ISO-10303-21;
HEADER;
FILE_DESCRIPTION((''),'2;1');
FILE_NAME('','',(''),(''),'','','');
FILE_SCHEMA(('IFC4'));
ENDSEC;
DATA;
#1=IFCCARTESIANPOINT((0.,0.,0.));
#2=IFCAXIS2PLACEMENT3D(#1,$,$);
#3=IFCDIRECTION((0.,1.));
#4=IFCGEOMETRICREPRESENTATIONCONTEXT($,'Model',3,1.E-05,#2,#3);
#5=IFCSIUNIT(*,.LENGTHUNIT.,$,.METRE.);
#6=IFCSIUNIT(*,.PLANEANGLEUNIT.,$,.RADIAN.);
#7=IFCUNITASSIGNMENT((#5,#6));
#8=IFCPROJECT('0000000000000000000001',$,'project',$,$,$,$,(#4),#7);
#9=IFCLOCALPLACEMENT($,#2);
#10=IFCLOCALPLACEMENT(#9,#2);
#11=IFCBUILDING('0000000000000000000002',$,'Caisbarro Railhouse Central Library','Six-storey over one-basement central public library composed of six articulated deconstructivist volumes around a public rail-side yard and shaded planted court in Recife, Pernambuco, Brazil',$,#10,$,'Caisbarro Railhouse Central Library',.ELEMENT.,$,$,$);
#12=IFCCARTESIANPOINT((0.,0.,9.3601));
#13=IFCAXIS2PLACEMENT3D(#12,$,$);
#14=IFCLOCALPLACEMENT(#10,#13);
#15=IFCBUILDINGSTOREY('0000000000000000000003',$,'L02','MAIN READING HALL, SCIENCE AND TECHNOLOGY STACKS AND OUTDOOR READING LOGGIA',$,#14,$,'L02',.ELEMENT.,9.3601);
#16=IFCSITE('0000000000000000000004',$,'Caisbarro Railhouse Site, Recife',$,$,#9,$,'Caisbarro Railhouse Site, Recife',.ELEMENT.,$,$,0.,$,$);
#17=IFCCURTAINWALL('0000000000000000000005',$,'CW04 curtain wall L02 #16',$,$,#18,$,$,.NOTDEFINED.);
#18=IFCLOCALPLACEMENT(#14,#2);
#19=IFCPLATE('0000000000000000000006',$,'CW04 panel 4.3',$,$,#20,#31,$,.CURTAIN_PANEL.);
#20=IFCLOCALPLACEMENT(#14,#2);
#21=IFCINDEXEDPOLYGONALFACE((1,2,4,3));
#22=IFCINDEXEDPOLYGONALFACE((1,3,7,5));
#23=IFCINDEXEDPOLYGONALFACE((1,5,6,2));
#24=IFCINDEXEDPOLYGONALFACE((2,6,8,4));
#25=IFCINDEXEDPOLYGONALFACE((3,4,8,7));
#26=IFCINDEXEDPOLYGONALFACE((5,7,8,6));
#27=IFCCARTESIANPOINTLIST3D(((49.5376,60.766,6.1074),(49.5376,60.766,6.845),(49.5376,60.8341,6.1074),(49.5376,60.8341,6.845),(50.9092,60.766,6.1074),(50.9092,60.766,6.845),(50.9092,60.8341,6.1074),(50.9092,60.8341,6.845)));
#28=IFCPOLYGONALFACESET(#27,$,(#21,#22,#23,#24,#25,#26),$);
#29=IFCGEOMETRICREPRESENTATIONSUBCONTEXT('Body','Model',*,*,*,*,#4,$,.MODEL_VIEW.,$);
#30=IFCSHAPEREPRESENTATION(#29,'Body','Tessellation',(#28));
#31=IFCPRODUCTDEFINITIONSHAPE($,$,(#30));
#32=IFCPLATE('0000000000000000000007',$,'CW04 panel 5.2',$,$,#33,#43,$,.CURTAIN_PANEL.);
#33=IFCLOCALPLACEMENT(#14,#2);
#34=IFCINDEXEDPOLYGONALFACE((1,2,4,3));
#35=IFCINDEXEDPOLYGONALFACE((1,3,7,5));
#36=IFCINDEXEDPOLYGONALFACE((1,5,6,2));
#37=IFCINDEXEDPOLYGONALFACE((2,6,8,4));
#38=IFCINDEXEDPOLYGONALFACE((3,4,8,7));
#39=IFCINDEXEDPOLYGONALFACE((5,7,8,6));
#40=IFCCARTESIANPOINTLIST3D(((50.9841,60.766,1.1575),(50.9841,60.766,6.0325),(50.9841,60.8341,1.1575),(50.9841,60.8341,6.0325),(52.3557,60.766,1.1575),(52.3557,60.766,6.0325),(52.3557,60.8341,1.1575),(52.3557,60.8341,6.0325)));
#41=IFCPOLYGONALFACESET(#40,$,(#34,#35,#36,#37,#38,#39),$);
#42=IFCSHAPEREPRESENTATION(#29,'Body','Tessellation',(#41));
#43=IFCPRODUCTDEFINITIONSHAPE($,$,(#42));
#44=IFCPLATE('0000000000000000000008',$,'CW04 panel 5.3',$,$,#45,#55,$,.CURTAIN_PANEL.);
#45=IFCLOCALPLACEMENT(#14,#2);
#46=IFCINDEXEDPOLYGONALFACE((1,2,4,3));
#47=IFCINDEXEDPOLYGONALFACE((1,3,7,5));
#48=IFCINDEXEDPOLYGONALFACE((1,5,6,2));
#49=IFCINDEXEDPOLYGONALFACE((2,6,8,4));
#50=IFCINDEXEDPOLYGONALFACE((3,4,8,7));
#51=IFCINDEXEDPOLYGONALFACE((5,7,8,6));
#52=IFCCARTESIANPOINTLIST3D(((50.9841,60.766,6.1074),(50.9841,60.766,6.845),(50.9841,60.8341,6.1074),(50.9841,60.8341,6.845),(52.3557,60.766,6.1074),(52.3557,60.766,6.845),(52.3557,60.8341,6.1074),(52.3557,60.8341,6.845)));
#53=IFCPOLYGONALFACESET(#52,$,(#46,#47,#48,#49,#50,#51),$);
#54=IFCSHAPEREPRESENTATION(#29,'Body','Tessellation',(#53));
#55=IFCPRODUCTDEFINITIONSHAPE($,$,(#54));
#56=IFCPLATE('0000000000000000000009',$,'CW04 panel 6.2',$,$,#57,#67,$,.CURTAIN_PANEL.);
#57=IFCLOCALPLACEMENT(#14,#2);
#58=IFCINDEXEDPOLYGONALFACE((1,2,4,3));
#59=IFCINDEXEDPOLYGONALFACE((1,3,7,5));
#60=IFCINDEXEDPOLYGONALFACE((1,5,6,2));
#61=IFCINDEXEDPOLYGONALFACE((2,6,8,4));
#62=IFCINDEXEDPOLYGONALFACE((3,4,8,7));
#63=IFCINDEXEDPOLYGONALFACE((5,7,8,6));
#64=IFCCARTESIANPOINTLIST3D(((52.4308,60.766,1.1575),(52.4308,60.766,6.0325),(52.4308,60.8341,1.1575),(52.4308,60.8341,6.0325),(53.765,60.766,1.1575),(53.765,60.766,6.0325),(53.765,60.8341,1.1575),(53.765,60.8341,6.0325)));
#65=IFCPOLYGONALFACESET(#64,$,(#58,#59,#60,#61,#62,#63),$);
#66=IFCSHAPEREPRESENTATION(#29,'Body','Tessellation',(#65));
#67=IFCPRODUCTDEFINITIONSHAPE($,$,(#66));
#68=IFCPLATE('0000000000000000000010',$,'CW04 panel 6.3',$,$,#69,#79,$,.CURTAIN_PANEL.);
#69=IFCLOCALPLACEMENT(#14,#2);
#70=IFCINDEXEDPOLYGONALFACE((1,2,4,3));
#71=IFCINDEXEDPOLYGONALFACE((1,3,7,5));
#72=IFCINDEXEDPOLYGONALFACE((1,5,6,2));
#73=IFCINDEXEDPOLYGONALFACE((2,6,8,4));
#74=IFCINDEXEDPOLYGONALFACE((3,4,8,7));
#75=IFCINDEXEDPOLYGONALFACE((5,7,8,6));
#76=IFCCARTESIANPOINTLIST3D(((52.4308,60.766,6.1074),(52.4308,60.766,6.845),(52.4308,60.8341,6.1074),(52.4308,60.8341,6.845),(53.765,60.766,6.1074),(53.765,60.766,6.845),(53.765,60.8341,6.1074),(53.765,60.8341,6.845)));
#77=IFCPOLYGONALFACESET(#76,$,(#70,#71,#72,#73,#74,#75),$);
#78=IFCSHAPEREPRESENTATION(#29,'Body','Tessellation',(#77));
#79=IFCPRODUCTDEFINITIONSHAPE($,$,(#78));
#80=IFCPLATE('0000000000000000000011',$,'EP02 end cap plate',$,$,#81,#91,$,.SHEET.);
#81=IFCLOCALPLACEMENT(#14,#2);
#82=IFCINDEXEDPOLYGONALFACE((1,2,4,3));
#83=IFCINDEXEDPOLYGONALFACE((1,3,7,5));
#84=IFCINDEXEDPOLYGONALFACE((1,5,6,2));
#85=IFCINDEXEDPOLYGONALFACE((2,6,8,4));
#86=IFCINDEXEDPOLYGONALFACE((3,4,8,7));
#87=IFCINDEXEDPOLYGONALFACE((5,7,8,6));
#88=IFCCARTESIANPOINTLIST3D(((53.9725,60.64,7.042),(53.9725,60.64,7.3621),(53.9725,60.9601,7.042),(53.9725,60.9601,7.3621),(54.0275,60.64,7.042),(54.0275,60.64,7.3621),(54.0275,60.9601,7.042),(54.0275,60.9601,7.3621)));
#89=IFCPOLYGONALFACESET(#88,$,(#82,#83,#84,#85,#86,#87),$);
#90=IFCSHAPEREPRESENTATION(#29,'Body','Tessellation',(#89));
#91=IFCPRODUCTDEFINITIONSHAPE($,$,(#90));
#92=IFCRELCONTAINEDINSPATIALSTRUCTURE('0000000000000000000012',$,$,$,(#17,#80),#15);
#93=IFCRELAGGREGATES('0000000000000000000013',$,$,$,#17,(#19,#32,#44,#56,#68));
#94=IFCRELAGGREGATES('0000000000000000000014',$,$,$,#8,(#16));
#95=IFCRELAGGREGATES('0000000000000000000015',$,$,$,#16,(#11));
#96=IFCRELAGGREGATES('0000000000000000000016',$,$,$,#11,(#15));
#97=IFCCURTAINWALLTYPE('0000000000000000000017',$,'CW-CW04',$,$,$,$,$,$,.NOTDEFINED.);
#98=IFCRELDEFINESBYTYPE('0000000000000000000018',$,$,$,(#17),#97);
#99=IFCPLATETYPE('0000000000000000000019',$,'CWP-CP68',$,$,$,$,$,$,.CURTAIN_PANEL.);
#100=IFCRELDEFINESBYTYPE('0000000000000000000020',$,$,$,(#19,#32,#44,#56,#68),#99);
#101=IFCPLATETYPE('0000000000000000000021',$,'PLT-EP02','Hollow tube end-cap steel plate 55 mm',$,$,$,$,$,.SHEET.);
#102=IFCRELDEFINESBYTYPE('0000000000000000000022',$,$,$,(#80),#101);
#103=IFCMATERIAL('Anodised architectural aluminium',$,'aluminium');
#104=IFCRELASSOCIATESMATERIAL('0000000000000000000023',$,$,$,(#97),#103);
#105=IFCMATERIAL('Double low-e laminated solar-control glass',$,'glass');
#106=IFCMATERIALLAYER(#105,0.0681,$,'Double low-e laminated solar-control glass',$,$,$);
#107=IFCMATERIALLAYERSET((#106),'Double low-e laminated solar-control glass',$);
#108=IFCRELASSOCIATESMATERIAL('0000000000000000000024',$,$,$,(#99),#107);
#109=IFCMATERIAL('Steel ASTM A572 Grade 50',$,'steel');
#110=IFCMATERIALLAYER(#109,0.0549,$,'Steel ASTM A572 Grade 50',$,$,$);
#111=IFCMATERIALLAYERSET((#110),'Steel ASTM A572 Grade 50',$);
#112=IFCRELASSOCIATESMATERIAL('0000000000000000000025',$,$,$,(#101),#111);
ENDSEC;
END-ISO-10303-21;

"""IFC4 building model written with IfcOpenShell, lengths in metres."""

from ifc_helpers import new_model, si_unit, direction, frame, origin, origin_2d, place, context, subcontext, project, spatial, rectangle, extrude, material, layer, layer_set, type_object, element, aggregate, save


model = new_model("IFC4")

# Units and contexts
model_context = context("Model", 3, precision=1e-05, world=origin(), true_north=direction((0.0, 1.0)))
body_context = subcontext(model_context, "Body", "Model", "MODEL_VIEW")
ifc_project = project(units=[si_unit("LENGTHUNIT", "METRE"), si_unit("PLANEANGLEUNIT", "RADIAN")], contexts=[model_context])

# Site, building, storey
site_placement = place(None, origin())
site = spatial("IfcSite", under=ifc_project, at=site_placement, Name="Caisbarro Railhouse Site, Recife", LongName="Caisbarro Railhouse Site, Recife", CompositionType="ELEMENT", RefElevation=0.0)
building_placement = place(site_placement, origin())
building = spatial("IfcBuilding", under=site, at=building_placement, Name="Caisbarro Railhouse Central Library", Description="Six-storey over one-basement central public library composed of six articulated deconstructivist volumes around a public rail-side yard and shaded planted court in Recife, Pernambuco, Brazil", LongName="Caisbarro Railhouse Central Library", CompositionType="ELEMENT")
storey_placement = place(building_placement, frame((0.0, 0.0, 9.3601)))
storey = spatial("IfcBuildingStorey", under=building, at=storey_placement, Name="L02", Description="MAIN READING HALL, SCIENCE AND TECHNOLOGY STACKS AND OUTDOOR READING LOGGIA", LongName="L02", CompositionType="ELEMENT", Elevation=9.3601)

# Curtain wall
ifc_material_1 = material(Name="Anodised architectural aluminium", Category="aluminium")
curtain_wall_type_1 = type_object("IfcCurtainWallType", Name="CW-CW04", PredefinedType="NOTDEFINED", material=ifc_material_1)
curtain_wall_1_placement = place(storey_placement, origin())
curtain_wall_1 = element("IfcCurtainWall", 1, at=curtain_wall_1_placement, inside=storey, type_object=curtain_wall_type_1, Name="CW04 curtain wall L02 #16", PredefinedType="NOTDEFINED")

# Shared definitions
ifc_material_2 = material(Name="Double low-e laminated solar-control glass", Category="glass")

# Plates
ifc_layer_1 = layer(ifc_material_2, 0.0681, Name="Double low-e laminated solar-control glass")
ifc_layer_set_1 = layer_set([ifc_layer_1], Name="Double low-e laminated solar-control glass")
plate_type_1 = type_object("IfcPlateType", Name="CWP-CP68", PredefinedType="CURTAIN_PANEL", material=ifc_layer_set_1)
plate_1_placement = place(storey_placement, frame((50.2234, 60.8, 6.1074), z_axis=(0.0, 0.0, 1.0), x_axis=(1.0, 0.0, 0.0)))
plate_1 = element("IfcPlate", 2, at=plate_1_placement, type_object=plate_type_1, Name="CW04 panel 4.3", PredefinedType="CURTAIN_PANEL", context=body_context, shape_type="SweptSolid", body=[
    extrude(rectangle(XDim=1.3716, YDim=0.0681, at=origin_2d()), origin(), (0.0, 0.0, 1.0), 0.7375),
])
plate_2_placement = place(storey_placement, frame((51.6699, 60.8, 1.1575), z_axis=(0.0, 0.0, 1.0), x_axis=(1.0, 0.0, 0.0)))
plate_2 = element("IfcPlate", 3, at=plate_2_placement, type_object=plate_type_1, Name="CW04 panel 5.2", PredefinedType="CURTAIN_PANEL", context=body_context, shape_type="SweptSolid", body=[
    extrude(rectangle(XDim=1.3716, YDim=0.0681, at=origin_2d()), origin(), (0.0, 0.0, 1.0), 4.875),
])
plate_3_placement = place(storey_placement, frame((51.6699, 60.8, 6.1074), z_axis=(0.0, 0.0, 1.0), x_axis=(1.0, 0.0, 0.0)))
plate_3 = element("IfcPlate", 4, at=plate_3_placement, type_object=plate_type_1, Name="CW04 panel 5.3", PredefinedType="CURTAIN_PANEL", context=body_context, shape_type="SweptSolid", body=[
    extrude(rectangle(XDim=1.3716, YDim=0.0681, at=origin_2d()), origin(), (0.0, 0.0, 1.0), 0.7375),
])
plate_4_placement = place(storey_placement, frame((53.0979, 60.8, 1.1575), z_axis=(0.0, 0.0, 1.0), x_axis=(1.0, 0.0, 0.0)))
plate_4 = element("IfcPlate", 5, at=plate_4_placement, type_object=plate_type_1, Name="CW04 panel 6.2", PredefinedType="CURTAIN_PANEL", context=body_context, shape_type="SweptSolid", body=[
    extrude(rectangle(XDim=1.3342, YDim=0.0681, at=origin_2d()), origin(), (0.0, 0.0, 1.0), 4.875),
])
plate_5_placement = place(storey_placement, frame((53.0979, 60.8, 6.1074), z_axis=(0.0, 0.0, 1.0), x_axis=(1.0, 0.0, 0.0)))
plate_5 = element("IfcPlate", 6, at=plate_5_placement, type_object=plate_type_1, Name="CW04 panel 6.3", PredefinedType="CURTAIN_PANEL", context=body_context, shape_type="SweptSolid", body=[
    extrude(rectangle(XDim=1.3342, YDim=0.0681, at=origin_2d()), origin(), (0.0, 0.0, 1.0), 0.7375),
])
aggregate(curtain_wall_1, [plate_1, plate_2, plate_3, plate_4, plate_5])
ifc_material_3 = material(Name="Steel ASTM A572 Grade 50", Category="steel")
ifc_layer_2 = layer(ifc_material_3, 0.0549, Name="Steel ASTM A572 Grade 50")
ifc_layer_set_2 = layer_set([ifc_layer_2], Name="Steel ASTM A572 Grade 50")
plate_type_2 = type_object("IfcPlateType", Name="PLT-EP02", Description="Hollow tube end-cap steel plate 55 mm", PredefinedType="SHEET", material=ifc_layer_set_2)
plate_6_placement = place(storey_placement, frame((54.0, 60.8, 7.042), z_axis=(0.0, 0.0, 1.0), x_axis=(1.0, 0.0, 0.0)))
element("IfcPlate", 7, at=plate_6_placement, inside=storey, type_object=plate_type_2, Name="EP02 end cap plate", PredefinedType="SHEET", context=body_context, shape_type="SweptSolid", body=[
    extrude(rectangle(XDim=0.0549, YDim=0.3201, at=origin_2d()), origin(), (0.0, 0.0, 1.0), 0.3201),
])

save(model, "model.ifc")
